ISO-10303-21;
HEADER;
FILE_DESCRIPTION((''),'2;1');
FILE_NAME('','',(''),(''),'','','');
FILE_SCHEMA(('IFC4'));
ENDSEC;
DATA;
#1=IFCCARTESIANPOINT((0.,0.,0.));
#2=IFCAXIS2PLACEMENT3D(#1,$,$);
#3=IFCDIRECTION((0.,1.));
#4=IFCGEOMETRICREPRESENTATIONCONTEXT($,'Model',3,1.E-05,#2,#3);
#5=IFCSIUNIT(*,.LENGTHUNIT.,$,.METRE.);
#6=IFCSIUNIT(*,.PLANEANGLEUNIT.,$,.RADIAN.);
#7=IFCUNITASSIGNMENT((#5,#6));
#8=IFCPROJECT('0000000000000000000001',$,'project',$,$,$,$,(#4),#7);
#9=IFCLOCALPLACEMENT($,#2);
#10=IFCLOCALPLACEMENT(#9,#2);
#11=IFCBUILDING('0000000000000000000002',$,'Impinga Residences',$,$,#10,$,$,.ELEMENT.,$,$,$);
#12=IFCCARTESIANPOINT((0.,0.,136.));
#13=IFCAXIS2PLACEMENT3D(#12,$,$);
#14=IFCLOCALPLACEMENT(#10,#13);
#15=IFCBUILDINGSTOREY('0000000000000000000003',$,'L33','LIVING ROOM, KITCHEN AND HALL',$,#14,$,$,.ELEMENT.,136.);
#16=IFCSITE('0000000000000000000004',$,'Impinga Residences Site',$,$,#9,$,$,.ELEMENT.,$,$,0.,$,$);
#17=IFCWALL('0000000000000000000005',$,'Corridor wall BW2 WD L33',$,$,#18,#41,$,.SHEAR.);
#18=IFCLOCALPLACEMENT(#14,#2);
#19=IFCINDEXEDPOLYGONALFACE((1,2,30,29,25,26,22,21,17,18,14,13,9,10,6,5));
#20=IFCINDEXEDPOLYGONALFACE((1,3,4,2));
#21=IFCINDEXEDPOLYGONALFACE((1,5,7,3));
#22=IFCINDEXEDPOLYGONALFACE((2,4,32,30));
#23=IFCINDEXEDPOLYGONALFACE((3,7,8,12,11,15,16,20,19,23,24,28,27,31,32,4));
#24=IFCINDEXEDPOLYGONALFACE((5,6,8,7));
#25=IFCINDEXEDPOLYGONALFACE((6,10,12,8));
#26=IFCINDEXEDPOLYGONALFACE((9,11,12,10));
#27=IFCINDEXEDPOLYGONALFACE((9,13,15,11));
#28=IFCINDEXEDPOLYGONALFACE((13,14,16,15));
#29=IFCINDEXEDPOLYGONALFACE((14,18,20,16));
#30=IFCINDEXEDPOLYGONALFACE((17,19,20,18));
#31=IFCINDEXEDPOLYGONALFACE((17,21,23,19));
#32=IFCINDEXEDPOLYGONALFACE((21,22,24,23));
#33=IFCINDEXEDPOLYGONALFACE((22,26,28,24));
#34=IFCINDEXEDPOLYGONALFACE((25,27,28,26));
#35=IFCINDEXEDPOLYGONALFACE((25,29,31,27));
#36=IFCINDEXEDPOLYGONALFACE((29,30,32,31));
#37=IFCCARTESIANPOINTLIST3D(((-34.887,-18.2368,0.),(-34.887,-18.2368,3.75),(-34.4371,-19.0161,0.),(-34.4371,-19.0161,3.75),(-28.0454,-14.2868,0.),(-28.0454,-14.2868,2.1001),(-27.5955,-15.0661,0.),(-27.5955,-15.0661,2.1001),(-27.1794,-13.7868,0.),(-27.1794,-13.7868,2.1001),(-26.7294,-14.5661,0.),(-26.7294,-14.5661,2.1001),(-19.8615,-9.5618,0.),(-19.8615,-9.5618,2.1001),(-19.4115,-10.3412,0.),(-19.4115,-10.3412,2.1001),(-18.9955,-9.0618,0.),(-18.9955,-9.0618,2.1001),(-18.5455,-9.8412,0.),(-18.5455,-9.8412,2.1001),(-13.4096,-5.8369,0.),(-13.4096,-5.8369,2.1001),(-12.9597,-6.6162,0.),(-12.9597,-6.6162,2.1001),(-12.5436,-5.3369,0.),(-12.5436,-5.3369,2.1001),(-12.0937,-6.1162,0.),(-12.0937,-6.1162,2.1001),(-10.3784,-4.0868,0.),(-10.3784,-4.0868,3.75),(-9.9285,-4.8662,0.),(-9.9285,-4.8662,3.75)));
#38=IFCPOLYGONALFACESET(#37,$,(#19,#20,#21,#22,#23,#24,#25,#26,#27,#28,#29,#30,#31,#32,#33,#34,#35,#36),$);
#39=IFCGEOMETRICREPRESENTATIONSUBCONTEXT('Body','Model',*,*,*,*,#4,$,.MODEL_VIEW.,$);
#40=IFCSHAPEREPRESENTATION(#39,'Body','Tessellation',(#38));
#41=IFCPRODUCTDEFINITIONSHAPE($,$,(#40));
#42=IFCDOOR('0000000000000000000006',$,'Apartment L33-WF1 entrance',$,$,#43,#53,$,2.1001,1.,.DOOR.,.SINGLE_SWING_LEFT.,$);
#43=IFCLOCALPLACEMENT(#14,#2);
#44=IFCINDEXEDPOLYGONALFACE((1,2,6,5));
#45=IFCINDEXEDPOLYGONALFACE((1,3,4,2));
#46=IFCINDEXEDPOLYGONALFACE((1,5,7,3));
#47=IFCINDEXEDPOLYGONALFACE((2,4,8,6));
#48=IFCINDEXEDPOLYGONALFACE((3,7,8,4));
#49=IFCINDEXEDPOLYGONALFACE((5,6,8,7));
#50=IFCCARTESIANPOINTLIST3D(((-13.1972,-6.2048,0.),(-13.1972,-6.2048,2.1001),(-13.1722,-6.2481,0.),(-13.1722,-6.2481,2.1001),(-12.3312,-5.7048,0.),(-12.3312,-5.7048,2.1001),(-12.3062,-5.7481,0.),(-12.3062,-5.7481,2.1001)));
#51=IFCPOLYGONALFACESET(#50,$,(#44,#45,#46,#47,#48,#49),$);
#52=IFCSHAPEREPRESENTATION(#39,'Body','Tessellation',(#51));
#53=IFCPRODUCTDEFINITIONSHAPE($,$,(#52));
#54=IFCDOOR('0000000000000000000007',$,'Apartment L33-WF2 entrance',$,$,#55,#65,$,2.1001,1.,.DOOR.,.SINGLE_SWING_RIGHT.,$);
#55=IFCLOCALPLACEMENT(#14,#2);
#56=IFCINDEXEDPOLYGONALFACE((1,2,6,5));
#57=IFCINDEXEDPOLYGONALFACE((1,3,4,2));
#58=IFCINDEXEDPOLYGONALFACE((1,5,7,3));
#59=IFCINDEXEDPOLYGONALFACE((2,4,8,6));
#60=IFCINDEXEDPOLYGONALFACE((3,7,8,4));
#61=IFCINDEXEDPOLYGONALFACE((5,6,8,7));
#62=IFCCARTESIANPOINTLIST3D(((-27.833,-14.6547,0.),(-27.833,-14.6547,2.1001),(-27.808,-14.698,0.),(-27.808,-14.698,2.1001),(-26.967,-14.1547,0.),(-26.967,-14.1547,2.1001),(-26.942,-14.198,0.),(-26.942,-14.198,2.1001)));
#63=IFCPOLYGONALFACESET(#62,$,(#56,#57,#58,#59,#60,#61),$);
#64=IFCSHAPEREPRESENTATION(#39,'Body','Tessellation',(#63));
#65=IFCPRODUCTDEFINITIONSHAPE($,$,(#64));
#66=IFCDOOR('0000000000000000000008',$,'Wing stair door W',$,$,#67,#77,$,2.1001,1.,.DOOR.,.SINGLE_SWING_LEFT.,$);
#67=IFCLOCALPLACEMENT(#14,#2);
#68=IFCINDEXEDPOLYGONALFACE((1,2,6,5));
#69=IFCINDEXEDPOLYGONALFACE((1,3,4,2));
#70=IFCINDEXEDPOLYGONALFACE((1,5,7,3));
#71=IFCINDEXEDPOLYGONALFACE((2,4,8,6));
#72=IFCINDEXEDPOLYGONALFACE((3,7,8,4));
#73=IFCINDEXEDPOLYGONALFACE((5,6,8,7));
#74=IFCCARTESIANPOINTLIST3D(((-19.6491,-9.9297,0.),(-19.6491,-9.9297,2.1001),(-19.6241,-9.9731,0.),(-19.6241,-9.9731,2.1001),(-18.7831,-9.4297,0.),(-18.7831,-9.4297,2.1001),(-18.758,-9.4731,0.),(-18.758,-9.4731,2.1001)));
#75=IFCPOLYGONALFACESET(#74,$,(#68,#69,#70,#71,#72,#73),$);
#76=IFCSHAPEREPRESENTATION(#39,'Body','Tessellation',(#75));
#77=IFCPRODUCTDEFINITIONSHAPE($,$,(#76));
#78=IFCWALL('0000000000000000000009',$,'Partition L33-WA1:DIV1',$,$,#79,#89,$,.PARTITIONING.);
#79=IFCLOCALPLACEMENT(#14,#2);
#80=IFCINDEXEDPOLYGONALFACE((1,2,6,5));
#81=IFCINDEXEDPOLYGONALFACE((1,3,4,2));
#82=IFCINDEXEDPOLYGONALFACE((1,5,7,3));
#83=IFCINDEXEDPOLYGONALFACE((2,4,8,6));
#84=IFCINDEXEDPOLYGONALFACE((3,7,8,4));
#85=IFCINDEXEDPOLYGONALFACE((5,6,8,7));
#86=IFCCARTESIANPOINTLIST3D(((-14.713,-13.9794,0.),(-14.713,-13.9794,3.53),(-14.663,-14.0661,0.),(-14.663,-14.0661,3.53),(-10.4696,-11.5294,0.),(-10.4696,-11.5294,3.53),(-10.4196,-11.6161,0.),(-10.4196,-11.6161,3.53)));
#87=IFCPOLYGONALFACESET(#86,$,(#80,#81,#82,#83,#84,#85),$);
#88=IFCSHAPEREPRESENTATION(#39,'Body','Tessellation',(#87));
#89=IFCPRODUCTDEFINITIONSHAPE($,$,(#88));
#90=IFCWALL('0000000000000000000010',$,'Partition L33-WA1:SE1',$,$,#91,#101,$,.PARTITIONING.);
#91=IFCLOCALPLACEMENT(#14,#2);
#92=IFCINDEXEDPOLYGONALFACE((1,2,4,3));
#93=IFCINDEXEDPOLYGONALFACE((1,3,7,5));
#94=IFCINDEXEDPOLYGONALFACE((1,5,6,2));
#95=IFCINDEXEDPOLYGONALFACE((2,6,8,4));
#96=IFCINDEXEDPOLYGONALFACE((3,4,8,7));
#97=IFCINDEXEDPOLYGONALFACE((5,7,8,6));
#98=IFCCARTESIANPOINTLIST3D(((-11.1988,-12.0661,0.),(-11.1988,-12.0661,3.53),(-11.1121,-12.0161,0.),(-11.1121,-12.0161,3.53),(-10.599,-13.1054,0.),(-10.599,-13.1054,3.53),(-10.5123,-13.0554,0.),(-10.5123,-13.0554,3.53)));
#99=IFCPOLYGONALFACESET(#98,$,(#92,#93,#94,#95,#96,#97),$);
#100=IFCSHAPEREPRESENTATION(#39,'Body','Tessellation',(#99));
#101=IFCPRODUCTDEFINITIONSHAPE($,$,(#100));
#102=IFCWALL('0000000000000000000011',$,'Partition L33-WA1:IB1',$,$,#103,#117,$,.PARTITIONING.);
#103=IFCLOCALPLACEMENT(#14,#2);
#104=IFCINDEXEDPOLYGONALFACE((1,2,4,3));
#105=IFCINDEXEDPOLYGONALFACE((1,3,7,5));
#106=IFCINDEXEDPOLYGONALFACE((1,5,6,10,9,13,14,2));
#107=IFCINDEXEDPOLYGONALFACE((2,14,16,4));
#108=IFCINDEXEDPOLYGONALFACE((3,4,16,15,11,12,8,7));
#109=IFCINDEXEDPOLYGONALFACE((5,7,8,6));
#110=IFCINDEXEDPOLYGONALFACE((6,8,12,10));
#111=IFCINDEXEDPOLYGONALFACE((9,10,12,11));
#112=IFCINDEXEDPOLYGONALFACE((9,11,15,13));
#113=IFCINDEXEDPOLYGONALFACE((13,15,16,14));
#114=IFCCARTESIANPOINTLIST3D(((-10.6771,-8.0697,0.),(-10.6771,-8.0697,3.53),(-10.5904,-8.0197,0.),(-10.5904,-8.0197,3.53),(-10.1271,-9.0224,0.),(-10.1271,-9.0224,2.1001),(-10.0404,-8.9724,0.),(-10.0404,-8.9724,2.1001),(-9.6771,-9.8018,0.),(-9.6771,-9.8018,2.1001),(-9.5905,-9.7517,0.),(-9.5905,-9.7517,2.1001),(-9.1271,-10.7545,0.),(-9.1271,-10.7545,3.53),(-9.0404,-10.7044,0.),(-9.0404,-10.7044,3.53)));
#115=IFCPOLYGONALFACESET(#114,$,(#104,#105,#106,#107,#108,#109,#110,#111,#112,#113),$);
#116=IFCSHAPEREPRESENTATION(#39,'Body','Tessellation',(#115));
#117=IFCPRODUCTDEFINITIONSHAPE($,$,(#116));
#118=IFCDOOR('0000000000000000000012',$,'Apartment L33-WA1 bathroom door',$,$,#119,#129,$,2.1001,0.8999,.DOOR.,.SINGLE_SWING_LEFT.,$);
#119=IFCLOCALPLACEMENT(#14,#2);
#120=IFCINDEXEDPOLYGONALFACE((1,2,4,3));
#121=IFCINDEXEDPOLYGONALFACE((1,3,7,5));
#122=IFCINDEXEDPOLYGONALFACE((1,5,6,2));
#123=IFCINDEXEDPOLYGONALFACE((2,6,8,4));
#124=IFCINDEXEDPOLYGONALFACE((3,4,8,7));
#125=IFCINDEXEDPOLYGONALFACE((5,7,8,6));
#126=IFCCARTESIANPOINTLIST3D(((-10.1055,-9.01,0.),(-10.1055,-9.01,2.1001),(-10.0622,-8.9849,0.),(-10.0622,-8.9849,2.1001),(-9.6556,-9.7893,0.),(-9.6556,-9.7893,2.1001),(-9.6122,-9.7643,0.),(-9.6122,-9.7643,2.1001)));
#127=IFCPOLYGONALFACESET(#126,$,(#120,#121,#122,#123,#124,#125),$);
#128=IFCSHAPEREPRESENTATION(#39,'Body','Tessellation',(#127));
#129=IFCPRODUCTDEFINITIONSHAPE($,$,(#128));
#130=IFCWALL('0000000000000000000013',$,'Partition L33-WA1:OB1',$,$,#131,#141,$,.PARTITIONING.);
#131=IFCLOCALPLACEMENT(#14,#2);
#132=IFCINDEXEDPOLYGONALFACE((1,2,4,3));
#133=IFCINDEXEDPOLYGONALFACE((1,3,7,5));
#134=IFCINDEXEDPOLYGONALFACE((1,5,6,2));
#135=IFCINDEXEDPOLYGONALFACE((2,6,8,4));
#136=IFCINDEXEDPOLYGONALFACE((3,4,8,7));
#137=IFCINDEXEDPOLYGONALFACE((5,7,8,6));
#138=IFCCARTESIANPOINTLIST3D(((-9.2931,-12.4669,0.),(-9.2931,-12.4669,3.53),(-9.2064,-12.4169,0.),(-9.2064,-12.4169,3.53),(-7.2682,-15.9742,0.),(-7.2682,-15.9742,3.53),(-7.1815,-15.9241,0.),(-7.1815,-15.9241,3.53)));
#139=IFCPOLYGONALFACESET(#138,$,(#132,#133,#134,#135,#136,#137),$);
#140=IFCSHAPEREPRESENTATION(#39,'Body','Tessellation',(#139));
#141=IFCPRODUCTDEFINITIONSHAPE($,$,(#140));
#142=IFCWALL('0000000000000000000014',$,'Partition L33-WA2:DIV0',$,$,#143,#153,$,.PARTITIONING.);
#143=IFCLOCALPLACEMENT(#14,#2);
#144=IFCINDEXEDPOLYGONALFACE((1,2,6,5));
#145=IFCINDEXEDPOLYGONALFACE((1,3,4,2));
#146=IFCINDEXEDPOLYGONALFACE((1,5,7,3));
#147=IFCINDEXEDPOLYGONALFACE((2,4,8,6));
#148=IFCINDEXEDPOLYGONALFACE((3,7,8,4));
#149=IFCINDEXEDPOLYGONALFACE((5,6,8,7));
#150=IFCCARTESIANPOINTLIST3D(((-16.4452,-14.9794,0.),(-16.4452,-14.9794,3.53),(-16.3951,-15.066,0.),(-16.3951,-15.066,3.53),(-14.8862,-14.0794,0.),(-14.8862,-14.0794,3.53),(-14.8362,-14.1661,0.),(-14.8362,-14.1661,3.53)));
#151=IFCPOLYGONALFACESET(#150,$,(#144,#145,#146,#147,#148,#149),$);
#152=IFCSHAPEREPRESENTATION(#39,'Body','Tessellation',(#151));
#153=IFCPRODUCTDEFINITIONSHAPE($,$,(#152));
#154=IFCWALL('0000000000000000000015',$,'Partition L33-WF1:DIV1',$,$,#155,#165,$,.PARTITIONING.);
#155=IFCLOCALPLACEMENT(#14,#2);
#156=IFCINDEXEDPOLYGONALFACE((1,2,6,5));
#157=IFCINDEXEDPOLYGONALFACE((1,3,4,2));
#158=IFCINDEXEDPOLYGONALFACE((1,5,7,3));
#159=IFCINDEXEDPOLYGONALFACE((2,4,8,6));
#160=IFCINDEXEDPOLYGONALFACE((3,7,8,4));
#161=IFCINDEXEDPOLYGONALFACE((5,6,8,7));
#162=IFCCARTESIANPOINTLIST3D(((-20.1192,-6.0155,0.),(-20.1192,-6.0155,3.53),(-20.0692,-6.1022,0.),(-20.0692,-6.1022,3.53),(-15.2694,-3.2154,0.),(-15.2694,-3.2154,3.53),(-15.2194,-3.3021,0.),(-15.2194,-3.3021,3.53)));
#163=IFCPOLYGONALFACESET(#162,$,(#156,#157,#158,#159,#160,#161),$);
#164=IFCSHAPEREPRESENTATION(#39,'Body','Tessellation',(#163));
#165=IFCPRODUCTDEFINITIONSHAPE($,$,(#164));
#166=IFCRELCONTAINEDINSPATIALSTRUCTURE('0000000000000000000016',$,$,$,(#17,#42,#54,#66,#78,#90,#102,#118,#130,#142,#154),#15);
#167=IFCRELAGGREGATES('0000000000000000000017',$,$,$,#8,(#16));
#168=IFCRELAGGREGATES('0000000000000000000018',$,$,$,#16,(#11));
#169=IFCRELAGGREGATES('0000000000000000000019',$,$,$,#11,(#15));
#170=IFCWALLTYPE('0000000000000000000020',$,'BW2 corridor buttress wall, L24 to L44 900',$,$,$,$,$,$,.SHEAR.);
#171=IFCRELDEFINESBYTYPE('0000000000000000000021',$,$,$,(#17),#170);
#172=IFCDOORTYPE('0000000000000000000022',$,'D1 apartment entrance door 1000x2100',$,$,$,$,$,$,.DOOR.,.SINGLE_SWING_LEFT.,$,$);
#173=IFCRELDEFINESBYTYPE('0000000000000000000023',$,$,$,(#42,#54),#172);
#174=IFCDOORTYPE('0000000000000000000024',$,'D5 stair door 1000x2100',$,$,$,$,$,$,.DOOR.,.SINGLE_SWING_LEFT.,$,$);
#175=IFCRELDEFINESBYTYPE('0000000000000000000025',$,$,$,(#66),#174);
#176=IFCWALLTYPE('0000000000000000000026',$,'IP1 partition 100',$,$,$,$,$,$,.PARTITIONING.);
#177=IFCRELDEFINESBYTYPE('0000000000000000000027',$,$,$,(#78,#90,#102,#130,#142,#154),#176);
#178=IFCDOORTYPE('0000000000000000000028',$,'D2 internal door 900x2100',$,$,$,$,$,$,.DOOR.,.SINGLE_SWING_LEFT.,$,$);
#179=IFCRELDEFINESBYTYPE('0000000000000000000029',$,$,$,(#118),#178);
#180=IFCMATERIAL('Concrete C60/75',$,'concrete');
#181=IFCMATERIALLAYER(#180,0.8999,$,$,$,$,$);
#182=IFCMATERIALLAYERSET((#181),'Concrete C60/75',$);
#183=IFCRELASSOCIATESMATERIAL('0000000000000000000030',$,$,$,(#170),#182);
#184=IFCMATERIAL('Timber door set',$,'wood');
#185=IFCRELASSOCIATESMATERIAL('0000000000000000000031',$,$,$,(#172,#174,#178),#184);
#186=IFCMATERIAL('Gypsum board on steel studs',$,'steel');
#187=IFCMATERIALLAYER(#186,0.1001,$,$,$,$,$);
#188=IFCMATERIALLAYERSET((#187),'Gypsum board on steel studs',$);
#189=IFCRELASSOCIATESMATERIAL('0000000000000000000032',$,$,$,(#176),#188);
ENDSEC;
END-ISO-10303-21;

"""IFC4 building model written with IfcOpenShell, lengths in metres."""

from ifc_helpers import new_model, si_unit, direction, frame, frame_2d, origin, place, context, subcontext, project, spatial, rectangle, extrude, material, layer, layer_set, type_object, element, fill, save


model = new_model("IFC4")

# Units and contexts
model_context = context("Model", 3, precision=1e-05, world=origin(), true_north=direction((0.0, 1.0)))
body_context = subcontext(model_context, "Body", "Model", "MODEL_VIEW")
ifc_project = project(units=[si_unit("LENGTHUNIT", "METRE"), si_unit("PLANEANGLEUNIT", "RADIAN")], contexts=[model_context])

# Site, building, storey
site_placement = place(None, origin())
site = spatial("IfcSite", under=ifc_project, at=site_placement, Name="Impinga Residences Site", CompositionType="ELEMENT", RefElevation=0.0)
building_placement = place(site_placement, origin())
building = spatial("IfcBuilding", under=site, at=building_placement, Name="Impinga Residences", CompositionType="ELEMENT")
storey_placement = place(building_placement, frame((0.0, 0.0, 136.0)))
storey = spatial("IfcBuildingStorey", under=building, at=storey_placement, Name="L33", Description="LIVING ROOM, KITCHEN AND HALL", CompositionType="ELEMENT", Elevation=136.0)

# Shared definitions
ifc_material_1 = material(Name="Concrete C60/75", Category="concrete")

# Wall, openings, doors
ifc_layer_1 = layer(ifc_material_1, 0.8999)
ifc_layer_set_1 = layer_set([ifc_layer_1], Name="Concrete C60/75")
wall_type_1 = type_object("IfcWallType", Name="BW2 corridor buttress wall, L24 to L44 900", PredefinedType="SHEAR", material=ifc_layer_set_1)
ifc_material_2 = material(Name="Timber door set", Category="wood")
door_type_1 = type_object("IfcDoorType", Name="D1 apartment entrance door 1000x2100", OperationType="SINGLE_SWING_LEFT", PredefinedType="DOOR", material=ifc_material_2)
wall_1_placement = place(storey_placement, frame((-10.1536, -4.4766, 0.0), z_axis=(0.0, 0.0, 1.0), x_axis=(-0.866027, -0.499997, 0.0)))
wall_1 = element("IfcWall", 1, at=wall_1_placement, inside=storey, type_object=wall_type_1, Name="Corridor wall BW2 WD L33", PredefinedType="SHEAR", context=body_context, shape_type="SweptSolid", body=[
    extrude(rectangle(XDim=28.3, YDim=0.8999, at=frame_2d((14.1499, 0.0))), origin(), (0.0, 0.0, 1.0), 3.75),
])
opening_1_placement = place(wall_1_placement, frame((9.95, 0.0, 0.0)))
opening_1 = element("IfcOpeningElement", 2, at=opening_1_placement, cuts=wall_1, PredefinedType="OPENING", context=body_context, shape_type="SweptSolid", body=[
    extrude(rectangle(XDim=1.0, YDim=2.1001, at=frame_2d((0.5, 1.05))), frame((0.0, 0.46, 0.0), z_axis=(0.0, -1.0, 0.0), x_axis=(1.0, 0.0, 0.0)), (0.0, 0.0, 1.0), 0.9199),
])
opening_2_placement = place(wall_1_placement, frame((2.5, 0.0, 0.0)))
opening_2 = element("IfcOpeningElement", 3, at=opening_2_placement, cuts=wall_1, PredefinedType="OPENING", context=body_context, shape_type="SweptSolid", body=[
    extrude(rectangle(XDim=1.0, YDim=2.1001, at=frame_2d((0.5, 1.05))), frame((0.0, 0.46, 0.0), z_axis=(0.0, -1.0, 0.0), x_axis=(1.0, 0.0, 0.0)), (0.0, 0.0, 1.0), 0.9199),
])
opening_3_placement = place(wall_1_placement, frame((19.3999, 0.0, 0.0)))
opening_3 = element("IfcOpeningElement", 4, at=opening_3_placement, cuts=wall_1, PredefinedType="OPENING", context=body_context, shape_type="SweptSolid", body=[
    extrude(rectangle(XDim=1.0, YDim=2.1001, at=frame_2d((0.5, 1.05))), frame((0.0, 0.46, 0.0), z_axis=(0.0, -1.0, 0.0), x_axis=(1.0, 0.0, 0.0)), (0.0, 0.0, 1.0), 0.9199),
])
door_1_placement = place(opening_2_placement, origin())
door_1 = element("IfcDoor", 5, at=door_1_placement, inside=storey, type_object=door_type_1, Name="Apartment L33-WF1 entrance", OperationType="SINGLE_SWING_LEFT", OverallHeight=2.1001, OverallWidth=1.0, PredefinedType="DOOR", context=body_context, shape_type="SweptSolid", body=[
    extrude(rectangle(XDim=1.0, YDim=2.1001, at=frame_2d((0.5, 1.05))), frame((0.0, 0.0249, 0.0), z_axis=(0.0, -1.0, 0.0), x_axis=(1.0, 0.0, 0.0)), (0.0, 0.0, 1.0), 0.05),
])
fill(opening_2, door_1)
door_2_placement = place(opening_3_placement, origin())
door_2 = element("IfcDoor", 6, at=door_2_placement, inside=storey, type_object=door_type_1, Name="Apartment L33-WF2 entrance", OperationType="SINGLE_SWING_RIGHT", OverallHeight=2.1001, OverallWidth=1.0, PredefinedType="DOOR", context=body_context, shape_type="SweptSolid", body=[
    extrude(rectangle(XDim=1.0, YDim=2.1001, at=frame_2d((0.5, 1.05))), frame((0.0, 0.0249, 0.0), z_axis=(0.0, -1.0, 0.0), x_axis=(1.0, 0.0, 0.0)), (0.0, 0.0, 1.0), 0.05),
])
fill(opening_3, door_2)
door_type_2 = type_object("IfcDoorType", Name="D5 stair door 1000x2100", OperationType="SINGLE_SWING_LEFT", PredefinedType="DOOR", material=ifc_material_2)
door_3_placement = place(opening_1_placement, origin())
door_3 = element("IfcDoor", 7, at=door_3_placement, inside=storey, type_object=door_type_2, Name="Wing stair door W", OperationType="SINGLE_SWING_LEFT", OverallHeight=2.1001, OverallWidth=1.0, PredefinedType="DOOR", context=body_context, shape_type="SweptSolid", body=[
    extrude(rectangle(XDim=1.0, YDim=2.1001, at=frame_2d((0.5, 1.05))), frame((0.0, 0.0249, 0.0), z_axis=(0.0, -1.0, 0.0), x_axis=(1.0, 0.0, 0.0)), (0.0, 0.0, 1.0), 0.05),
])
fill(opening_1, door_3)

# Walls
ifc_material_3 = material(Name="Gypsum board on steel studs", Category="steel")
ifc_layer_2 = layer(ifc_material_3, 0.1001)
ifc_layer_set_2 = layer_set([ifc_layer_2], Name="Gypsum board on steel studs")
wall_type_2 = type_object("IfcWallType", Name="IP1 partition 100", PredefinedType="PARTITIONING", material=ifc_layer_set_2)
wall_2_placement = place(storey_placement, frame((-10.4446, -11.5728, 0.0), z_axis=(0.0, 0.0, 1.0), x_axis=(-0.866024, -0.500003, 0.0)))
element("IfcWall", 8, at=wall_2_placement, inside=storey, type_object=wall_type_2, Name="Partition L33-WA1:DIV1", PredefinedType="PARTITIONING", context=body_context, shape_type="SweptSolid", body=[
    extrude(rectangle(XDim=4.8999, YDim=0.1001, at=frame_2d((2.45, 0.0))), origin(), (0.0, 0.0, 1.0), 3.53),
])
wall_3_placement = place(storey_placement, frame((-11.1555, -12.041, 0.0), z_axis=(0.0, 0.0, 1.0), x_axis=(0.499881, -0.866094, 0.0)))
element("IfcWall", 9, at=wall_3_placement, inside=storey, type_object=wall_type_2, Name="Partition L33-WA1:SE1", PredefinedType="PARTITIONING", context=body_context, shape_type="SweptSolid", body=[
    extrude(rectangle(XDim=1.2, YDim=0.1001, at=frame_2d((0.6001, 0.0))), origin(), (0.0, 0.0, 1.0), 3.53),
])

# Wall, opening, door
wall_4_placement = place(storey_placement, frame((-10.6338, -8.0447, 0.0), z_axis=(0.0, 0.0, 1.0), x_axis=(0.499993, -0.86603, 0.0)))
wall_4 = element("IfcWall", 10, at=wall_4_placement, inside=storey, type_object=wall_type_2, Name="Partition L33-WA1:IB1", PredefinedType="PARTITIONING", context=body_context, shape_type="SweptSolid", body=[
    extrude(rectangle(XDim=3.1001, YDim=0.1001, at=frame_2d((1.55, 0.0))), origin(), (0.0, 0.0, 1.0), 3.53),
])
opening_4_placement = place(wall_4_placement, frame((1.1001, 0.0, 0.0)))
opening_4 = element("IfcOpeningElement", 11, at=opening_4_placement, cuts=wall_4, PredefinedType="OPENING", context=body_context, shape_type="SweptSolid", body=[
    extrude(rectangle(XDim=0.8999, YDim=2.1001, at=frame_2d((0.45, 1.05))), frame((0.0, 0.0601, 0.0), z_axis=(0.0, -1.0, 0.0), x_axis=(1.0, 0.0, 0.0)), (0.0, 0.0, 1.0), 0.1201),
])
door_type_3 = type_object("IfcDoorType", Name="D2 internal door 900x2100", OperationType="SINGLE_SWING_LEFT", PredefinedType="DOOR", material=ifc_material_2)
door_4_placement = place(opening_4_placement, origin())
door_4 = element("IfcDoor", 12, at=door_4_placement, inside=storey, type_object=door_type_3, Name="Apartment L33-WA1 bathroom door", OperationType="SINGLE_SWING_LEFT", OverallHeight=2.1001, OverallWidth=0.8999, PredefinedType="DOOR", context=body_context, shape_type="SweptSolid", body=[
    extrude(rectangle(XDim=0.8999, YDim=2.1001, at=frame_2d((0.45, 1.05))), frame((0.0, 0.0249, 0.0), z_axis=(0.0, -1.0, 0.0), x_axis=(1.0, 0.0, 0.0)), (0.0, 0.0, 1.0), 0.05),
])
fill(opening_4, door_4)

# Walls
wall_5_placement = place(storey_placement, frame((-9.2498, -12.4419, 0.0), z_axis=(0.0, 0.0, 1.0), x_axis=(0.49999, -0.866031, 0.0)))
element("IfcWall", 13, at=wall_5_placement, inside=storey, type_object=wall_type_2, Name="Partition L33-WA1:OB1", PredefinedType="PARTITIONING", context=body_context, shape_type="SweptSolid", body=[
    extrude(rectangle(XDim=4.0498, YDim=0.1001, at=frame_2d((2.0249, 0.0))), origin(), (0.0, 0.0, 1.0), 3.53),
])
wall_6_placement = place(storey_placement, frame((-14.8613, -14.1228, 0.0), z_axis=(0.0, 0.0, 1.0), x_axis=(-0.866048, -0.499961, 0.0)))
element("IfcWall", 14, at=wall_6_placement, inside=storey, type_object=wall_type_2, Name="Partition L33-WA2:DIV0", PredefinedType="PARTITIONING", context=body_context, shape_type="SweptSolid", body=[
    extrude(rectangle(XDim=1.8, YDim=0.1001, at=frame_2d((0.8999, 0.0))), origin(), (0.0, 0.0, 1.0), 3.53),
])
wall_7_placement = place(storey_placement, frame((-15.2444, -3.2588, 0.0), z_axis=(0.0, 0.0, 1.0), x_axis=(-0.866027, -0.499998, 0.0)))
element("IfcWall", 15, at=wall_7_placement, inside=storey, type_object=wall_type_2, Name="Partition L33-WF1:DIV1", PredefinedType="PARTITIONING", context=body_context, shape_type="SweptSolid", body=[
    extrude(rectangle(XDim=5.6001, YDim=0.1001, at=frame_2d((2.8, 0.0))), origin(), (0.0, 0.0, 1.0), 3.53),
])

save(model, "model.ifc")
